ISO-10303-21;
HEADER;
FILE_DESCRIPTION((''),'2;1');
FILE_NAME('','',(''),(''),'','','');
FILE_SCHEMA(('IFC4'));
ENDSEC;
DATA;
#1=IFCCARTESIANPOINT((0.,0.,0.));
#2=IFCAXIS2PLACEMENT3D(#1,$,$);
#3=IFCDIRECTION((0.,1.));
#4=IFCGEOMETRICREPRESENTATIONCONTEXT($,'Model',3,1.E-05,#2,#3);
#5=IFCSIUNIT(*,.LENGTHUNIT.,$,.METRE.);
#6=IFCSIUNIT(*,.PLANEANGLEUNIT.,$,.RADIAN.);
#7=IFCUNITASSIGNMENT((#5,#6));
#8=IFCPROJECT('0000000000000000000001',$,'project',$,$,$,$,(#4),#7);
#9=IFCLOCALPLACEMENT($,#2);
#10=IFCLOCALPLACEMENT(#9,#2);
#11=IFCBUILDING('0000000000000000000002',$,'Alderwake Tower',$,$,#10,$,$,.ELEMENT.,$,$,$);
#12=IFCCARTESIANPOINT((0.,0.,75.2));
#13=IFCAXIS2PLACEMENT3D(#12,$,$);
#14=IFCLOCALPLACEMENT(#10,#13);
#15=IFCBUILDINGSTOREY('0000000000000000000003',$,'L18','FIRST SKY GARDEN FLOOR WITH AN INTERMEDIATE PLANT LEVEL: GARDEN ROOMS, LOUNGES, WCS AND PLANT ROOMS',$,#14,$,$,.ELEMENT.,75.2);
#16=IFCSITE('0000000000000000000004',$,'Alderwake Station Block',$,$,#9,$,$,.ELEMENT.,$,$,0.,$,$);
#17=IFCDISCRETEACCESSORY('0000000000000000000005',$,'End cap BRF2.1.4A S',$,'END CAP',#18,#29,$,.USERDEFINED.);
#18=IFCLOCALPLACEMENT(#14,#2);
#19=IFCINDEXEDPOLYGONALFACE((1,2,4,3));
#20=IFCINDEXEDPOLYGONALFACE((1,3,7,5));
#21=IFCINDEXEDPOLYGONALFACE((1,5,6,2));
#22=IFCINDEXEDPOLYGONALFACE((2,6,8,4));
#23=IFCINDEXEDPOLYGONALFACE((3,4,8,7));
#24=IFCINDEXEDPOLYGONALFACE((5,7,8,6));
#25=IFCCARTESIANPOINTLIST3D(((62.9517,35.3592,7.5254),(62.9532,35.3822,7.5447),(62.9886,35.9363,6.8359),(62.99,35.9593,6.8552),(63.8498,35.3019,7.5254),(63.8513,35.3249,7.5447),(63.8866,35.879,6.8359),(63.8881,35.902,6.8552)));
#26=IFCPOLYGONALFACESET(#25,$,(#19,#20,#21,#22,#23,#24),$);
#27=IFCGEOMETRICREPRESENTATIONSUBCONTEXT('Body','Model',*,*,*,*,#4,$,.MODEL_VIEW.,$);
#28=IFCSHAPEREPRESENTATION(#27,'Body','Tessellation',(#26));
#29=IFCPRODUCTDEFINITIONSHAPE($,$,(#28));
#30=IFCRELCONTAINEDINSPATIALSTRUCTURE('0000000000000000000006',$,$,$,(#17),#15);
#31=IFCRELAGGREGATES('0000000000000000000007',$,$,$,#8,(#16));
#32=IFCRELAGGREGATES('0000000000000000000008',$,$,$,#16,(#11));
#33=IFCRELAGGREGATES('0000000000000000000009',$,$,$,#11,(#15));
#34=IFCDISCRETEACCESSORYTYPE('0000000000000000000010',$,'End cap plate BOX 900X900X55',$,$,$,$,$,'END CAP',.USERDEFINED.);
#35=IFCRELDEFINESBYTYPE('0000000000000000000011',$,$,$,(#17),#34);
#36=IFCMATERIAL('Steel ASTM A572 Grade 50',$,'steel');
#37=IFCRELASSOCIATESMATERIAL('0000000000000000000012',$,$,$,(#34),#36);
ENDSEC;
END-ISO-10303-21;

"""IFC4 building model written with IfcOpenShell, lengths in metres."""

from ifc_helpers import new_model, si_unit, direction, frame, origin, origin_2d, place, context, subcontext, project, spatial, rectangle, extrude, material, material_profile, profile_set, type_object, element, save


model = new_model("IFC4")

# Units and contexts
model_context = context("Model", 3, precision=1e-05, world=origin(), true_north=direction((0.0, 1.0)))
body_context = subcontext(model_context, "Body", "Model", "MODEL_VIEW")
ifc_project = project(units=[si_unit("LENGTHUNIT", "METRE"), si_unit("PLANEANGLEUNIT", "RADIAN")], contexts=[model_context])

# Site, building, storey
site_placement = place(None, origin())
site = spatial("IfcSite", under=ifc_project, at=site_placement, Name="Alderwake Station Block", CompositionType="ELEMENT", RefElevation=0.0)
building_placement = place(site_placement, origin())
building = spatial("IfcBuilding", under=site, at=building_placement, Name="Alderwake Tower", CompositionType="ELEMENT")
storey_placement = place(building_placement, frame((0.0, 0.0, 75.2)))
storey = spatial("IfcBuildingStorey", under=building, at=storey_placement, Name="L18", Description="FIRST SKY GARDEN FLOOR WITH AN INTERMEDIATE PLANT LEVEL: GARDEN ROOMS, LOUNGES, WCS AND PLANT ROOMS", CompositionType="ELEMENT", Elevation=75.2)

# Discrete accessory
ifc_material_1 = material(Name="Steel ASTM A572 Grade 50", Category="steel")
ifc_material_profile_1 = material_profile(ifc_material_1, rectangle(XDim=0.8999, YDim=0.8999, at=origin_2d()), Name="BOX 900X900X55 cap")
ifc_profile_set_1 = profile_set([ifc_material_profile_1], Name="Steel ASTM A572 Grade 50")
discrete_accessory_type_1 = type_object("IfcDiscreteAccessoryType", Name="End cap plate BOX 900X900X55", ElementType="END CAP", PredefinedType="USERDEFINED", material=ifc_profile_set_1)
discrete_accessory_1_placement = place(storey_placement, frame((63.4207, 35.6421, 7.2), z_axis=(-0.048806, -0.764632, -0.642616), x_axis=(0.997969, -0.0637, 0.0)))
element("IfcDiscreteAccessory", 1, at=discrete_accessory_1_placement, inside=storey, type_object=discrete_accessory_type_1, Name="End cap BRF2.1.4A S", ObjectType="END CAP", PredefinedType="USERDEFINED", context=body_context, shape_type="SweptSolid", body=[
    extrude(rectangle(XDim=0.8999, YDim=0.8999, at=origin_2d()), origin(), (0.0, 0.0, 1.0), 0.03),
])

save(model, "model.ifc")
